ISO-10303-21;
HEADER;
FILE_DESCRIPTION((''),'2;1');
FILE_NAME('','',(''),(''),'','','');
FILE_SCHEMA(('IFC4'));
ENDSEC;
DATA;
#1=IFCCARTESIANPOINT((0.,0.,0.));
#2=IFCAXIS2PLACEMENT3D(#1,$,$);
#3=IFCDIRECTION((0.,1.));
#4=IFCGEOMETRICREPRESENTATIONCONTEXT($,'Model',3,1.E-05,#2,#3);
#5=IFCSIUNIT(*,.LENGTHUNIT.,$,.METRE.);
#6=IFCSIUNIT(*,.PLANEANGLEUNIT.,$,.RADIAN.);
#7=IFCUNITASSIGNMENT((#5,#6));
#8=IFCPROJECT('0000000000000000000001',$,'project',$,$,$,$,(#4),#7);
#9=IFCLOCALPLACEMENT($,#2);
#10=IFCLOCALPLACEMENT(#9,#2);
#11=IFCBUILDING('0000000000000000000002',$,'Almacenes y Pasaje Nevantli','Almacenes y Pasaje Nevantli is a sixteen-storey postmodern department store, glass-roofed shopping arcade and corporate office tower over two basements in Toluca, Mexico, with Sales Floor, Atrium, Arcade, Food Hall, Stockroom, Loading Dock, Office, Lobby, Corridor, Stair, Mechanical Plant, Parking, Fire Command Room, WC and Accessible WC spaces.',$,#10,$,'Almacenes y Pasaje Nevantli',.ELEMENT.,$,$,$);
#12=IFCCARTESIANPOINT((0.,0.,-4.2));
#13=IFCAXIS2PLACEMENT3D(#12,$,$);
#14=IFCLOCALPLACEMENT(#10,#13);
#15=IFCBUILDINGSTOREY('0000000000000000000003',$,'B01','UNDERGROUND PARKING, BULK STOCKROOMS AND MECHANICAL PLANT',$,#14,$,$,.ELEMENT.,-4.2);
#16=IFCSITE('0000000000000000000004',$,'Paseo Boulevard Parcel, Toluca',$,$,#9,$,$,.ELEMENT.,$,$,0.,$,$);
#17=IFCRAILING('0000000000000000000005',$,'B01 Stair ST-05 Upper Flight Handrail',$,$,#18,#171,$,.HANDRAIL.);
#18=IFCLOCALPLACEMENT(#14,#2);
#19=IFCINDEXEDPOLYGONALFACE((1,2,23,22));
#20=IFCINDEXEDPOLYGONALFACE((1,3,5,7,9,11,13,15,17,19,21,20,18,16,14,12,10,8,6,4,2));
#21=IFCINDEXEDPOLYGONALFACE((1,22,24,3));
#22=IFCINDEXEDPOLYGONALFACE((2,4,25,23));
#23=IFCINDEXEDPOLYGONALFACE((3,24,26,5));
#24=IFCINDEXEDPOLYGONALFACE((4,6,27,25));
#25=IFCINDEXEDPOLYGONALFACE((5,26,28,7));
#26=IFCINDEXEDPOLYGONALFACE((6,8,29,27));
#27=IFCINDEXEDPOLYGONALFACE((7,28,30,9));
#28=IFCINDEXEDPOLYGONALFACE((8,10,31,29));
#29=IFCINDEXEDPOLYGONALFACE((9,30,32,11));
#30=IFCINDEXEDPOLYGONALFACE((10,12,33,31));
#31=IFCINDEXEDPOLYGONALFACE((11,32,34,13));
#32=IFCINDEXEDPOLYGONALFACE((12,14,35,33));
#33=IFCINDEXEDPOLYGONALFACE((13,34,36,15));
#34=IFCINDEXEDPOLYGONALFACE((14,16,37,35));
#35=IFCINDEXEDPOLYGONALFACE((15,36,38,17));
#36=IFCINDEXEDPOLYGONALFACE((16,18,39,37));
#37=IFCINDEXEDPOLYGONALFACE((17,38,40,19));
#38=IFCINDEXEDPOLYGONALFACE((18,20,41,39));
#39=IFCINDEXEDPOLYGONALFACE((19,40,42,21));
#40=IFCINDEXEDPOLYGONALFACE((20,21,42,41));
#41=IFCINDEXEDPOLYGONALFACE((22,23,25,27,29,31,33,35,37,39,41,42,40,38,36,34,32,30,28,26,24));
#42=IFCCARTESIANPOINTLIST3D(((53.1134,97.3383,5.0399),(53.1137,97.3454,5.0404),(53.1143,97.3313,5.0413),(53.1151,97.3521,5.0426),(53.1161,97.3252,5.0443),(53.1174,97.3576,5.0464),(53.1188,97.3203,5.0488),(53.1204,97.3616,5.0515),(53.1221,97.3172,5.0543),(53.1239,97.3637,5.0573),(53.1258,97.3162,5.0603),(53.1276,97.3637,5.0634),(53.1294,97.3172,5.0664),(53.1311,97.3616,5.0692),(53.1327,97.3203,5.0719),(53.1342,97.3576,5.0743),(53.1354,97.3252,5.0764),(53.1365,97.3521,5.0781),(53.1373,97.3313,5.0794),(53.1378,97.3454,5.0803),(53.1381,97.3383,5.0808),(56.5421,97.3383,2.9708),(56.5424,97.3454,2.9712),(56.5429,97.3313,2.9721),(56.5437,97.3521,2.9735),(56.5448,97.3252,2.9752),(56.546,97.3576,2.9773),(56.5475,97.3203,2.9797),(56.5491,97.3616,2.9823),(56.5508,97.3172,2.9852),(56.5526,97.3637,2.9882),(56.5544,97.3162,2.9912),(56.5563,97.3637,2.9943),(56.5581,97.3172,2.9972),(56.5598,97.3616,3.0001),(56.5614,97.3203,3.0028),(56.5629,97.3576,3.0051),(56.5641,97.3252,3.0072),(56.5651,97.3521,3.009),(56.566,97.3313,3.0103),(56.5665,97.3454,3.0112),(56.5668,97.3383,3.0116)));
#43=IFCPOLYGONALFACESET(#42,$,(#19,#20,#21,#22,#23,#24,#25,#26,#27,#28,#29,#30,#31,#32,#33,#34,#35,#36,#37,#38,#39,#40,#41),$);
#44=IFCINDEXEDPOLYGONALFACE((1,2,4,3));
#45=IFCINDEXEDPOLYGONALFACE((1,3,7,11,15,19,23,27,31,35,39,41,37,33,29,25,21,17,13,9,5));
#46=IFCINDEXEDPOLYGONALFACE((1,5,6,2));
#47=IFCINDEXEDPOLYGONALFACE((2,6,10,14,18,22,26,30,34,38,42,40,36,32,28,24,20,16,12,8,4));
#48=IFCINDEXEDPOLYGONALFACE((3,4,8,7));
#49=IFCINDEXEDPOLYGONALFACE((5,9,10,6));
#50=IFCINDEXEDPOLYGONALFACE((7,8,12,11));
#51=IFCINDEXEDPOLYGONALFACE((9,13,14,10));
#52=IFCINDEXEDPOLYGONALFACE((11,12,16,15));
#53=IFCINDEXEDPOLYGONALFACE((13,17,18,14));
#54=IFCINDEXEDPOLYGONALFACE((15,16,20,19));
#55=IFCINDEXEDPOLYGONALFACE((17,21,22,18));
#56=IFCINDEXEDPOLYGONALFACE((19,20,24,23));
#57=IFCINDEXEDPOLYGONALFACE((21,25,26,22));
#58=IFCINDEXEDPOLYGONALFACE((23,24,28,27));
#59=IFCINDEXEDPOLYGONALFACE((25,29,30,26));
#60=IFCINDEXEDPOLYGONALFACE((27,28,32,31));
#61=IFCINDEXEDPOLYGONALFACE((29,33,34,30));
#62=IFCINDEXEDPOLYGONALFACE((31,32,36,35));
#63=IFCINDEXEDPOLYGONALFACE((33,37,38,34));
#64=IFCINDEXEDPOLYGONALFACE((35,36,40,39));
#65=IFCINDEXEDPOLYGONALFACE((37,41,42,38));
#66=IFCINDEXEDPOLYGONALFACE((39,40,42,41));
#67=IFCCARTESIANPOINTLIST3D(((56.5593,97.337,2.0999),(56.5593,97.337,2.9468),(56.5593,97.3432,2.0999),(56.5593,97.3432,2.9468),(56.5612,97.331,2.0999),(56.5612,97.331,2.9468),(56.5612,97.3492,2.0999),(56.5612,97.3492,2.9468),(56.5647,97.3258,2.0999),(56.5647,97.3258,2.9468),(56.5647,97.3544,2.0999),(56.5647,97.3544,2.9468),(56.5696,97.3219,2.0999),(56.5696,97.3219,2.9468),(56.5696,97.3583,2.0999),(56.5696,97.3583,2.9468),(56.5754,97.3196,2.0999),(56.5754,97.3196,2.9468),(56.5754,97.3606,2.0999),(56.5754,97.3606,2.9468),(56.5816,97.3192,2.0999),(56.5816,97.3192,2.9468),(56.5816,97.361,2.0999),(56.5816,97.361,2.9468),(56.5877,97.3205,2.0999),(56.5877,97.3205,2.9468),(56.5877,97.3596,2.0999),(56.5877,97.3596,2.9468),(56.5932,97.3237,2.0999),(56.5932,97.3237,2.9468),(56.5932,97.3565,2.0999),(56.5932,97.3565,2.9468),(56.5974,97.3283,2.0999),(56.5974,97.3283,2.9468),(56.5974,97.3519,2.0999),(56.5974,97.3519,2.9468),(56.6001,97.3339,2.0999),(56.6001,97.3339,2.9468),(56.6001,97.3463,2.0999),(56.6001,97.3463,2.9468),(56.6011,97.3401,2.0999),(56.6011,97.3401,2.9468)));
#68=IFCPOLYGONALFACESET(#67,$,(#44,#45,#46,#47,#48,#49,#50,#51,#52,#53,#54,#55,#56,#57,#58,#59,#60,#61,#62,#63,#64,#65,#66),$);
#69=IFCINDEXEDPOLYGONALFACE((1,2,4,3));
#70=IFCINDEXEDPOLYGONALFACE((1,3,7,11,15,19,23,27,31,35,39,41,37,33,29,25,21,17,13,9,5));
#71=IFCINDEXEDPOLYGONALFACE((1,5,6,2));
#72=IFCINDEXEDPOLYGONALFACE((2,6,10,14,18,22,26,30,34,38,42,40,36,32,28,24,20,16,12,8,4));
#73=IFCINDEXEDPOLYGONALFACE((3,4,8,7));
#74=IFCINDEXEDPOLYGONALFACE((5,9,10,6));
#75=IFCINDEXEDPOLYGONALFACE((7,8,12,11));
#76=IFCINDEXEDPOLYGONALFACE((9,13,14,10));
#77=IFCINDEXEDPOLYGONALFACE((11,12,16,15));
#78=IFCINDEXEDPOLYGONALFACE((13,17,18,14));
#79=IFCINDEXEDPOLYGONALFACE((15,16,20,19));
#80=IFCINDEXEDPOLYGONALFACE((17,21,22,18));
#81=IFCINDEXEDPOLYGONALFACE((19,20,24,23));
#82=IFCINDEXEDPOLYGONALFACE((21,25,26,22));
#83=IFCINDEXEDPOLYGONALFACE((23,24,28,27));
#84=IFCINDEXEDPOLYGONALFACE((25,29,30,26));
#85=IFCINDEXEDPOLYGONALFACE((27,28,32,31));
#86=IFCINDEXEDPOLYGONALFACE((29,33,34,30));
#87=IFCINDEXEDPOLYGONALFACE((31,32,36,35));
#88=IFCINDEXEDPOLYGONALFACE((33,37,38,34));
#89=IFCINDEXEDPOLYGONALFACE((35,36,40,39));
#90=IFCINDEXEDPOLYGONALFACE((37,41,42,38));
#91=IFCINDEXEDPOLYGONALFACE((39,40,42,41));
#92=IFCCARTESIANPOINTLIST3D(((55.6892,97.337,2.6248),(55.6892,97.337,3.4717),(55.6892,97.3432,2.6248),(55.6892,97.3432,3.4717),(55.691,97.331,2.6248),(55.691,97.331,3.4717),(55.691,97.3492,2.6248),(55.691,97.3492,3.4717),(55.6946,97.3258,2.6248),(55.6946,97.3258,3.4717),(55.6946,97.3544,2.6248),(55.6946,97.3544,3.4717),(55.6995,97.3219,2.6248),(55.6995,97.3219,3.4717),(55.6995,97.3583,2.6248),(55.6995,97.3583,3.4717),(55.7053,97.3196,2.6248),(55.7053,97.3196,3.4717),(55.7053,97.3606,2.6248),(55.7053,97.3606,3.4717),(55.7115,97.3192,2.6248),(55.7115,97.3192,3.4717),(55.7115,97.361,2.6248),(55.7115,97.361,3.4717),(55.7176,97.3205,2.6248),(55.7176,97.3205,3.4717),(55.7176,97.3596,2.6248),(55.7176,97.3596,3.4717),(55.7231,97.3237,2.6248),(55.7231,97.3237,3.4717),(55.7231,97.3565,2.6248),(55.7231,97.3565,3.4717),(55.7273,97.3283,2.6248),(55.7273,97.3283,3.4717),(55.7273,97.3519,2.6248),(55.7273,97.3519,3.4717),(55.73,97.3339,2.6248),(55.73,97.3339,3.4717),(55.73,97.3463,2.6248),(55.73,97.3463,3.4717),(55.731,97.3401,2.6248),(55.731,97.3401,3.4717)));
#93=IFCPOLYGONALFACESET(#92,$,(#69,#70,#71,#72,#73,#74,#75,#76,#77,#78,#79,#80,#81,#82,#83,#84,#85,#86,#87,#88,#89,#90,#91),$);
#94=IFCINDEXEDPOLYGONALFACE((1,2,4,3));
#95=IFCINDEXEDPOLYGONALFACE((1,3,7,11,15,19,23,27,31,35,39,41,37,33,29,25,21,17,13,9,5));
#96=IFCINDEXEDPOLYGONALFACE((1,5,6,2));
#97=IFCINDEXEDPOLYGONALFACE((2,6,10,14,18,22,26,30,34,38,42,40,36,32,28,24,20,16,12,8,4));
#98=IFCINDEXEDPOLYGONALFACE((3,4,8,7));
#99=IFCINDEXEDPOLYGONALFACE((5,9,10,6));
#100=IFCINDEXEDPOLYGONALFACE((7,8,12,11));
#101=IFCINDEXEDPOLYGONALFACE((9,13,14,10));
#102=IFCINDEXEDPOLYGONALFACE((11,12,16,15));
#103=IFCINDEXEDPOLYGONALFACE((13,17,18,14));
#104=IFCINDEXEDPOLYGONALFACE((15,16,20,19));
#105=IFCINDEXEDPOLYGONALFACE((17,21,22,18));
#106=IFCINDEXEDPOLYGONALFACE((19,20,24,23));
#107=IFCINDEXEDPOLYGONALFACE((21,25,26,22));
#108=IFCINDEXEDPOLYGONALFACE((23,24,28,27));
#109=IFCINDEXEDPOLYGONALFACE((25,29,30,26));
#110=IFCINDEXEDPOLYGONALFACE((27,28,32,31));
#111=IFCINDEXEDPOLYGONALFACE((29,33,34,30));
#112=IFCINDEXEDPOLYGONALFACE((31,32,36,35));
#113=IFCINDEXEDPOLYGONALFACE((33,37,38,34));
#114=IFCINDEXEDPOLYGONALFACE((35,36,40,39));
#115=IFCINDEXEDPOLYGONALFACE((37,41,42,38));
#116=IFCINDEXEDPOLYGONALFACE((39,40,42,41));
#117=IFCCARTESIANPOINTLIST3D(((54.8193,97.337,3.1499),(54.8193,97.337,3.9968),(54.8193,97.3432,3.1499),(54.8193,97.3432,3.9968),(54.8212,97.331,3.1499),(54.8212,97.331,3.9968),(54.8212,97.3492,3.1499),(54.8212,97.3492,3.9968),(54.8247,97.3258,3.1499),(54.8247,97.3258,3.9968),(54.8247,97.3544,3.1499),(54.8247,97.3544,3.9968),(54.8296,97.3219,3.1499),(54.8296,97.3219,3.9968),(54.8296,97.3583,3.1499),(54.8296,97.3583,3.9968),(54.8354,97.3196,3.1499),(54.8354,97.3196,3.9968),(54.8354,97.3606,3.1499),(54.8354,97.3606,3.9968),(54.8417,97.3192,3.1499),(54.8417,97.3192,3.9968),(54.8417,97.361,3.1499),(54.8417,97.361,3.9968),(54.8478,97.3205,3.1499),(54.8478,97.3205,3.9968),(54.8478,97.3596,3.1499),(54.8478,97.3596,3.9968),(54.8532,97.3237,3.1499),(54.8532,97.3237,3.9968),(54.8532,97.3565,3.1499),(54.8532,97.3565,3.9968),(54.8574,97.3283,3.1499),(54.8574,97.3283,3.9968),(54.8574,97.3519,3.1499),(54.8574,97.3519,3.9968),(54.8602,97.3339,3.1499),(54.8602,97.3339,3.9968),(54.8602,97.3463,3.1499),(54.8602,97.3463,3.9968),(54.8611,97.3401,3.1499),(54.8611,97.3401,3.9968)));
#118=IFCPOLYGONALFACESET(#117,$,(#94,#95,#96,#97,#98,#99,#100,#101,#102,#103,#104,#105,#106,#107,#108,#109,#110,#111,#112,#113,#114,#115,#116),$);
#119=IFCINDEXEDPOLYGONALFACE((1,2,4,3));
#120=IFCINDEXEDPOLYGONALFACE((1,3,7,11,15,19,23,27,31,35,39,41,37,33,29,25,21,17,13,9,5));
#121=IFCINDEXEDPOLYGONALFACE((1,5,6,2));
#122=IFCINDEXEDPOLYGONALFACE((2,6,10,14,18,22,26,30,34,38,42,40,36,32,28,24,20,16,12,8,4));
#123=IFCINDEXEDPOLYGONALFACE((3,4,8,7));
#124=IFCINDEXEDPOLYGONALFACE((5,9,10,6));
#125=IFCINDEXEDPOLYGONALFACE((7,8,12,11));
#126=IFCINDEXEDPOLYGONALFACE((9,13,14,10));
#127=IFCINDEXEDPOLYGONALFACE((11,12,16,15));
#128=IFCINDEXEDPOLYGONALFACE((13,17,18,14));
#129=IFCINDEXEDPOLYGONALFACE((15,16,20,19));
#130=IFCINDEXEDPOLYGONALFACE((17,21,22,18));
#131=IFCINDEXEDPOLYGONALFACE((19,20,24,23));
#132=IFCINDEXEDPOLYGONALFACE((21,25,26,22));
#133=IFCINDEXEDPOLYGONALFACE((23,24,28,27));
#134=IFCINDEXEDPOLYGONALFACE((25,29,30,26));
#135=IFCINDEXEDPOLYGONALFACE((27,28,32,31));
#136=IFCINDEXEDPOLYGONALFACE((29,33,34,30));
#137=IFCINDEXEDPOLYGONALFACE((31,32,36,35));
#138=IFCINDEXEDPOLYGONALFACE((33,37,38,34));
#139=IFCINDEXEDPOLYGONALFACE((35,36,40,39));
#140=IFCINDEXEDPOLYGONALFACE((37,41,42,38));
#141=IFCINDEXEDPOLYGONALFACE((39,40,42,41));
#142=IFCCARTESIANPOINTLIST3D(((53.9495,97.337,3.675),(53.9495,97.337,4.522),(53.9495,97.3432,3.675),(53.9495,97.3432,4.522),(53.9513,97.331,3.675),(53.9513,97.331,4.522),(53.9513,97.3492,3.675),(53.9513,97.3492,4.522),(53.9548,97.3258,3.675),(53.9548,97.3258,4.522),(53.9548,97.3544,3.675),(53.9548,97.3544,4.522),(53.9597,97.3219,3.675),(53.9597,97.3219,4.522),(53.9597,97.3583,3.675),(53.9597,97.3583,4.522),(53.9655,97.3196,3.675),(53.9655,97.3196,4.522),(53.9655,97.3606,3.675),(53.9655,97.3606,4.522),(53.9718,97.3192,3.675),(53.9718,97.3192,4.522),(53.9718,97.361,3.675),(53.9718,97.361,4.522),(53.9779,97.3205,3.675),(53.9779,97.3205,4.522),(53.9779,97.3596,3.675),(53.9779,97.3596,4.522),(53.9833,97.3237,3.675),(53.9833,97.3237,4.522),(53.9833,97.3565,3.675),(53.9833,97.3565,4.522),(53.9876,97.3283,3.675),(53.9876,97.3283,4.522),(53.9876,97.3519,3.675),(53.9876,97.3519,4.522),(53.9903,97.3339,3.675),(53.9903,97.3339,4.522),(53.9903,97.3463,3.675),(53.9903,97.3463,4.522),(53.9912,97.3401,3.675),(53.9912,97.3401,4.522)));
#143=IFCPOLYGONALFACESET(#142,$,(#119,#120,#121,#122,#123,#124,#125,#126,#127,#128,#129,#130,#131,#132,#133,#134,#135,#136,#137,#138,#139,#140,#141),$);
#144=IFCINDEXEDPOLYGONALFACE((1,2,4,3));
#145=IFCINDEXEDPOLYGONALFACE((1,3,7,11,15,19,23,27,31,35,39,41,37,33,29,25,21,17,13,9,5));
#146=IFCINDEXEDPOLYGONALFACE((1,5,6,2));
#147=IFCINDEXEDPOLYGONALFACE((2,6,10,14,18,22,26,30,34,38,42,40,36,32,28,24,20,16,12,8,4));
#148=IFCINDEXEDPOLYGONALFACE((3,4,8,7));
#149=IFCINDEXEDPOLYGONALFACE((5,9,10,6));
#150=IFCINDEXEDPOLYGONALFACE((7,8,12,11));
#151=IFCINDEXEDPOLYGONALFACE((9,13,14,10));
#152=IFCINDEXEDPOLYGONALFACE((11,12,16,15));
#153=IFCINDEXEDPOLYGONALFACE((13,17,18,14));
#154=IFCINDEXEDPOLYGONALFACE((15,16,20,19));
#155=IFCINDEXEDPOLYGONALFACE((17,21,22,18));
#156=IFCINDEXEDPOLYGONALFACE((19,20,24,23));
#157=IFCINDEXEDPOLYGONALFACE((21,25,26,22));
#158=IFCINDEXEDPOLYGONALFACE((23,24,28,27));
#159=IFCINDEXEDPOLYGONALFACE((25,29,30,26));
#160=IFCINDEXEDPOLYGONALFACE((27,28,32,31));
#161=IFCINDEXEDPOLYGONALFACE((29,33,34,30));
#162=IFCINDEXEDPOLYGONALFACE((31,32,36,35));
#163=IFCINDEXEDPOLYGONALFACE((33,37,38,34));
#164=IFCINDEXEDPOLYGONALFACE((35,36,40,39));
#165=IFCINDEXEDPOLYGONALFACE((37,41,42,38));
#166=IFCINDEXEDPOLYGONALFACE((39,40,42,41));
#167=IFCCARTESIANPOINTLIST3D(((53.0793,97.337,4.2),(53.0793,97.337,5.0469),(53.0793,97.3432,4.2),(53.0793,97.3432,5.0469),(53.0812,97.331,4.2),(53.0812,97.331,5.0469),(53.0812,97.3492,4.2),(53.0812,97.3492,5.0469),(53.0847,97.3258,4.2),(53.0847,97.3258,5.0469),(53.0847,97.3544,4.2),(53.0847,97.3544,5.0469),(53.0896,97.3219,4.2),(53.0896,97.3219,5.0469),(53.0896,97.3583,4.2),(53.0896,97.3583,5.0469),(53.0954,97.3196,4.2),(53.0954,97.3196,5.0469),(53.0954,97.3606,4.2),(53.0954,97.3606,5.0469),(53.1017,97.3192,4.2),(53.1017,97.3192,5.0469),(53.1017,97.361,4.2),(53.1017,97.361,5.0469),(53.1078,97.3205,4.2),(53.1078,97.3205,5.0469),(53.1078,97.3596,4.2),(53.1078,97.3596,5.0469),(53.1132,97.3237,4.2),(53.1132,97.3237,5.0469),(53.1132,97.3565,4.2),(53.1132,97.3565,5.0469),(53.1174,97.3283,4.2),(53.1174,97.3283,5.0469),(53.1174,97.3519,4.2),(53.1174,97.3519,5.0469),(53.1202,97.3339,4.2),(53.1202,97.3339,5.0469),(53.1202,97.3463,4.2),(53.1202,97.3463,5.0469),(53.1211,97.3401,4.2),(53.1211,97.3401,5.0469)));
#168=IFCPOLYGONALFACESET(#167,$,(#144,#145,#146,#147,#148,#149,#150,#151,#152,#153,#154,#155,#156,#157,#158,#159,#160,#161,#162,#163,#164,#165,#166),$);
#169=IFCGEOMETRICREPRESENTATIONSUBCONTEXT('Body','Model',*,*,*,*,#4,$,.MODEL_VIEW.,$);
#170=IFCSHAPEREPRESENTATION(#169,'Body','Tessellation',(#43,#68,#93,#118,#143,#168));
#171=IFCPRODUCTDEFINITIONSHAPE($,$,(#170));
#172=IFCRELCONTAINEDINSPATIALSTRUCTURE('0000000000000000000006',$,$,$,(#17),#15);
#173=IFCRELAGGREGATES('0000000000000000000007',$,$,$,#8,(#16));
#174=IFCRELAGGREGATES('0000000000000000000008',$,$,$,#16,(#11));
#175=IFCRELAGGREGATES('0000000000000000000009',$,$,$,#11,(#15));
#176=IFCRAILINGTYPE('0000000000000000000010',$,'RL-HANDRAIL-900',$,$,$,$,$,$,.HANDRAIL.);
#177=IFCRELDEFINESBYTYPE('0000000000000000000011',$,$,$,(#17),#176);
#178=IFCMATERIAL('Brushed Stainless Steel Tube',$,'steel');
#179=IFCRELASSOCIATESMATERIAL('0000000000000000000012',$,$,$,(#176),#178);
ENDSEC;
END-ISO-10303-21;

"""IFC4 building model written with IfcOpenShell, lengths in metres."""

from ifc_helpers import new_model, si_unit, direction, frame, origin, origin_2d, place, context, subcontext, project, spatial, circle, extrude, material, type_object, element, save


model = new_model("IFC4")

# Units and contexts
model_context = context("Model", 3, precision=1e-05, world=origin(), true_north=direction((0.0, 1.0)))
body_context = subcontext(model_context, "Body", "Model", "MODEL_VIEW")
ifc_project = project(units=[si_unit("LENGTHUNIT", "METRE"), si_unit("PLANEANGLEUNIT", "RADIAN")], contexts=[model_context])

# Site, building, storey
site_placement = place(None, origin())
site = spatial("IfcSite", under=ifc_project, at=site_placement, Name="Paseo Boulevard Parcel, Toluca", CompositionType="ELEMENT", RefElevation=0.0)
building_placement = place(site_placement, origin())
building = spatial("IfcBuilding", under=site, at=building_placement, Name="Almacenes y Pasaje Nevantli", Description="Almacenes y Pasaje Nevantli is a sixteen-storey postmodern department store, glass-roofed shopping arcade and corporate office tower over two basements in Toluca, Mexico, with Sales Floor, Atrium, Arcade, Food Hall, Stockroom, Loading Dock, Office, Lobby, Corridor, Stair, Mechanical Plant, Parking, Fire Command Room, WC and Accessible WC spaces.", LongName="Almacenes y Pasaje Nevantli", CompositionType="ELEMENT")
storey_placement = place(building_placement, frame((0.0, 0.0, -4.2)))
storey = spatial("IfcBuildingStorey", under=building, at=storey_placement, Name="B01", Description="UNDERGROUND PARKING, BULK STOCKROOMS AND MECHANICAL PLANT", CompositionType="ELEMENT", Elevation=-4.2)

# Railing
ifc_material_1 = material(Name="Brushed Stainless Steel Tube", Category="steel")
railing_type_1 = type_object("IfcRailingType", Name="RL-HANDRAIL-900", PredefinedType="HANDRAIL", material=ifc_material_1)
railing_1_placement = place(storey_placement, frame((56.5801, 97.3401, 2.0999)))
element("IfcRailing", 1, at=railing_1_placement, inside=storey, type_object=railing_type_1, Name="B01 Stair ST-05 Upper Flight Handrail", PredefinedType="HANDRAIL", context=body_context, shape_type="SweptSolid", body=[
    extrude(circle(Radius=0.0239, at=origin_2d()), frame((-0.0256, 0.0, 0.8914), z_axis=(-0.856176, 0.0, 0.516685), x_axis=(0.0, -1.0, 0.0)), (0.0, 0.0, 1.0), 4.0046),
    extrude(circle(Radius=0.021, at=origin_2d()), origin(), (0.0, 0.0, 1.0), 0.8469),
    extrude(circle(Radius=0.021, at=origin_2d()), frame((-0.8701, 0.0, 0.5249)), (0.0, 0.0, 1.0), 0.8469),
    extrude(circle(Radius=0.021, at=origin_2d()), frame((-1.74, 0.0, 1.05)), (0.0, 0.0, 1.0), 0.8469),
    extrude(circle(Radius=0.021, at=origin_2d()), frame((-2.6099, 0.0, 1.5752)), (0.0, 0.0, 1.0), 0.8469),
    extrude(circle(Radius=0.021, at=origin_2d()), frame((-3.48, 0.0, 2.1001)), (0.0, 0.0, 1.0), 0.8469),
])

save(model, "model.ifc")
